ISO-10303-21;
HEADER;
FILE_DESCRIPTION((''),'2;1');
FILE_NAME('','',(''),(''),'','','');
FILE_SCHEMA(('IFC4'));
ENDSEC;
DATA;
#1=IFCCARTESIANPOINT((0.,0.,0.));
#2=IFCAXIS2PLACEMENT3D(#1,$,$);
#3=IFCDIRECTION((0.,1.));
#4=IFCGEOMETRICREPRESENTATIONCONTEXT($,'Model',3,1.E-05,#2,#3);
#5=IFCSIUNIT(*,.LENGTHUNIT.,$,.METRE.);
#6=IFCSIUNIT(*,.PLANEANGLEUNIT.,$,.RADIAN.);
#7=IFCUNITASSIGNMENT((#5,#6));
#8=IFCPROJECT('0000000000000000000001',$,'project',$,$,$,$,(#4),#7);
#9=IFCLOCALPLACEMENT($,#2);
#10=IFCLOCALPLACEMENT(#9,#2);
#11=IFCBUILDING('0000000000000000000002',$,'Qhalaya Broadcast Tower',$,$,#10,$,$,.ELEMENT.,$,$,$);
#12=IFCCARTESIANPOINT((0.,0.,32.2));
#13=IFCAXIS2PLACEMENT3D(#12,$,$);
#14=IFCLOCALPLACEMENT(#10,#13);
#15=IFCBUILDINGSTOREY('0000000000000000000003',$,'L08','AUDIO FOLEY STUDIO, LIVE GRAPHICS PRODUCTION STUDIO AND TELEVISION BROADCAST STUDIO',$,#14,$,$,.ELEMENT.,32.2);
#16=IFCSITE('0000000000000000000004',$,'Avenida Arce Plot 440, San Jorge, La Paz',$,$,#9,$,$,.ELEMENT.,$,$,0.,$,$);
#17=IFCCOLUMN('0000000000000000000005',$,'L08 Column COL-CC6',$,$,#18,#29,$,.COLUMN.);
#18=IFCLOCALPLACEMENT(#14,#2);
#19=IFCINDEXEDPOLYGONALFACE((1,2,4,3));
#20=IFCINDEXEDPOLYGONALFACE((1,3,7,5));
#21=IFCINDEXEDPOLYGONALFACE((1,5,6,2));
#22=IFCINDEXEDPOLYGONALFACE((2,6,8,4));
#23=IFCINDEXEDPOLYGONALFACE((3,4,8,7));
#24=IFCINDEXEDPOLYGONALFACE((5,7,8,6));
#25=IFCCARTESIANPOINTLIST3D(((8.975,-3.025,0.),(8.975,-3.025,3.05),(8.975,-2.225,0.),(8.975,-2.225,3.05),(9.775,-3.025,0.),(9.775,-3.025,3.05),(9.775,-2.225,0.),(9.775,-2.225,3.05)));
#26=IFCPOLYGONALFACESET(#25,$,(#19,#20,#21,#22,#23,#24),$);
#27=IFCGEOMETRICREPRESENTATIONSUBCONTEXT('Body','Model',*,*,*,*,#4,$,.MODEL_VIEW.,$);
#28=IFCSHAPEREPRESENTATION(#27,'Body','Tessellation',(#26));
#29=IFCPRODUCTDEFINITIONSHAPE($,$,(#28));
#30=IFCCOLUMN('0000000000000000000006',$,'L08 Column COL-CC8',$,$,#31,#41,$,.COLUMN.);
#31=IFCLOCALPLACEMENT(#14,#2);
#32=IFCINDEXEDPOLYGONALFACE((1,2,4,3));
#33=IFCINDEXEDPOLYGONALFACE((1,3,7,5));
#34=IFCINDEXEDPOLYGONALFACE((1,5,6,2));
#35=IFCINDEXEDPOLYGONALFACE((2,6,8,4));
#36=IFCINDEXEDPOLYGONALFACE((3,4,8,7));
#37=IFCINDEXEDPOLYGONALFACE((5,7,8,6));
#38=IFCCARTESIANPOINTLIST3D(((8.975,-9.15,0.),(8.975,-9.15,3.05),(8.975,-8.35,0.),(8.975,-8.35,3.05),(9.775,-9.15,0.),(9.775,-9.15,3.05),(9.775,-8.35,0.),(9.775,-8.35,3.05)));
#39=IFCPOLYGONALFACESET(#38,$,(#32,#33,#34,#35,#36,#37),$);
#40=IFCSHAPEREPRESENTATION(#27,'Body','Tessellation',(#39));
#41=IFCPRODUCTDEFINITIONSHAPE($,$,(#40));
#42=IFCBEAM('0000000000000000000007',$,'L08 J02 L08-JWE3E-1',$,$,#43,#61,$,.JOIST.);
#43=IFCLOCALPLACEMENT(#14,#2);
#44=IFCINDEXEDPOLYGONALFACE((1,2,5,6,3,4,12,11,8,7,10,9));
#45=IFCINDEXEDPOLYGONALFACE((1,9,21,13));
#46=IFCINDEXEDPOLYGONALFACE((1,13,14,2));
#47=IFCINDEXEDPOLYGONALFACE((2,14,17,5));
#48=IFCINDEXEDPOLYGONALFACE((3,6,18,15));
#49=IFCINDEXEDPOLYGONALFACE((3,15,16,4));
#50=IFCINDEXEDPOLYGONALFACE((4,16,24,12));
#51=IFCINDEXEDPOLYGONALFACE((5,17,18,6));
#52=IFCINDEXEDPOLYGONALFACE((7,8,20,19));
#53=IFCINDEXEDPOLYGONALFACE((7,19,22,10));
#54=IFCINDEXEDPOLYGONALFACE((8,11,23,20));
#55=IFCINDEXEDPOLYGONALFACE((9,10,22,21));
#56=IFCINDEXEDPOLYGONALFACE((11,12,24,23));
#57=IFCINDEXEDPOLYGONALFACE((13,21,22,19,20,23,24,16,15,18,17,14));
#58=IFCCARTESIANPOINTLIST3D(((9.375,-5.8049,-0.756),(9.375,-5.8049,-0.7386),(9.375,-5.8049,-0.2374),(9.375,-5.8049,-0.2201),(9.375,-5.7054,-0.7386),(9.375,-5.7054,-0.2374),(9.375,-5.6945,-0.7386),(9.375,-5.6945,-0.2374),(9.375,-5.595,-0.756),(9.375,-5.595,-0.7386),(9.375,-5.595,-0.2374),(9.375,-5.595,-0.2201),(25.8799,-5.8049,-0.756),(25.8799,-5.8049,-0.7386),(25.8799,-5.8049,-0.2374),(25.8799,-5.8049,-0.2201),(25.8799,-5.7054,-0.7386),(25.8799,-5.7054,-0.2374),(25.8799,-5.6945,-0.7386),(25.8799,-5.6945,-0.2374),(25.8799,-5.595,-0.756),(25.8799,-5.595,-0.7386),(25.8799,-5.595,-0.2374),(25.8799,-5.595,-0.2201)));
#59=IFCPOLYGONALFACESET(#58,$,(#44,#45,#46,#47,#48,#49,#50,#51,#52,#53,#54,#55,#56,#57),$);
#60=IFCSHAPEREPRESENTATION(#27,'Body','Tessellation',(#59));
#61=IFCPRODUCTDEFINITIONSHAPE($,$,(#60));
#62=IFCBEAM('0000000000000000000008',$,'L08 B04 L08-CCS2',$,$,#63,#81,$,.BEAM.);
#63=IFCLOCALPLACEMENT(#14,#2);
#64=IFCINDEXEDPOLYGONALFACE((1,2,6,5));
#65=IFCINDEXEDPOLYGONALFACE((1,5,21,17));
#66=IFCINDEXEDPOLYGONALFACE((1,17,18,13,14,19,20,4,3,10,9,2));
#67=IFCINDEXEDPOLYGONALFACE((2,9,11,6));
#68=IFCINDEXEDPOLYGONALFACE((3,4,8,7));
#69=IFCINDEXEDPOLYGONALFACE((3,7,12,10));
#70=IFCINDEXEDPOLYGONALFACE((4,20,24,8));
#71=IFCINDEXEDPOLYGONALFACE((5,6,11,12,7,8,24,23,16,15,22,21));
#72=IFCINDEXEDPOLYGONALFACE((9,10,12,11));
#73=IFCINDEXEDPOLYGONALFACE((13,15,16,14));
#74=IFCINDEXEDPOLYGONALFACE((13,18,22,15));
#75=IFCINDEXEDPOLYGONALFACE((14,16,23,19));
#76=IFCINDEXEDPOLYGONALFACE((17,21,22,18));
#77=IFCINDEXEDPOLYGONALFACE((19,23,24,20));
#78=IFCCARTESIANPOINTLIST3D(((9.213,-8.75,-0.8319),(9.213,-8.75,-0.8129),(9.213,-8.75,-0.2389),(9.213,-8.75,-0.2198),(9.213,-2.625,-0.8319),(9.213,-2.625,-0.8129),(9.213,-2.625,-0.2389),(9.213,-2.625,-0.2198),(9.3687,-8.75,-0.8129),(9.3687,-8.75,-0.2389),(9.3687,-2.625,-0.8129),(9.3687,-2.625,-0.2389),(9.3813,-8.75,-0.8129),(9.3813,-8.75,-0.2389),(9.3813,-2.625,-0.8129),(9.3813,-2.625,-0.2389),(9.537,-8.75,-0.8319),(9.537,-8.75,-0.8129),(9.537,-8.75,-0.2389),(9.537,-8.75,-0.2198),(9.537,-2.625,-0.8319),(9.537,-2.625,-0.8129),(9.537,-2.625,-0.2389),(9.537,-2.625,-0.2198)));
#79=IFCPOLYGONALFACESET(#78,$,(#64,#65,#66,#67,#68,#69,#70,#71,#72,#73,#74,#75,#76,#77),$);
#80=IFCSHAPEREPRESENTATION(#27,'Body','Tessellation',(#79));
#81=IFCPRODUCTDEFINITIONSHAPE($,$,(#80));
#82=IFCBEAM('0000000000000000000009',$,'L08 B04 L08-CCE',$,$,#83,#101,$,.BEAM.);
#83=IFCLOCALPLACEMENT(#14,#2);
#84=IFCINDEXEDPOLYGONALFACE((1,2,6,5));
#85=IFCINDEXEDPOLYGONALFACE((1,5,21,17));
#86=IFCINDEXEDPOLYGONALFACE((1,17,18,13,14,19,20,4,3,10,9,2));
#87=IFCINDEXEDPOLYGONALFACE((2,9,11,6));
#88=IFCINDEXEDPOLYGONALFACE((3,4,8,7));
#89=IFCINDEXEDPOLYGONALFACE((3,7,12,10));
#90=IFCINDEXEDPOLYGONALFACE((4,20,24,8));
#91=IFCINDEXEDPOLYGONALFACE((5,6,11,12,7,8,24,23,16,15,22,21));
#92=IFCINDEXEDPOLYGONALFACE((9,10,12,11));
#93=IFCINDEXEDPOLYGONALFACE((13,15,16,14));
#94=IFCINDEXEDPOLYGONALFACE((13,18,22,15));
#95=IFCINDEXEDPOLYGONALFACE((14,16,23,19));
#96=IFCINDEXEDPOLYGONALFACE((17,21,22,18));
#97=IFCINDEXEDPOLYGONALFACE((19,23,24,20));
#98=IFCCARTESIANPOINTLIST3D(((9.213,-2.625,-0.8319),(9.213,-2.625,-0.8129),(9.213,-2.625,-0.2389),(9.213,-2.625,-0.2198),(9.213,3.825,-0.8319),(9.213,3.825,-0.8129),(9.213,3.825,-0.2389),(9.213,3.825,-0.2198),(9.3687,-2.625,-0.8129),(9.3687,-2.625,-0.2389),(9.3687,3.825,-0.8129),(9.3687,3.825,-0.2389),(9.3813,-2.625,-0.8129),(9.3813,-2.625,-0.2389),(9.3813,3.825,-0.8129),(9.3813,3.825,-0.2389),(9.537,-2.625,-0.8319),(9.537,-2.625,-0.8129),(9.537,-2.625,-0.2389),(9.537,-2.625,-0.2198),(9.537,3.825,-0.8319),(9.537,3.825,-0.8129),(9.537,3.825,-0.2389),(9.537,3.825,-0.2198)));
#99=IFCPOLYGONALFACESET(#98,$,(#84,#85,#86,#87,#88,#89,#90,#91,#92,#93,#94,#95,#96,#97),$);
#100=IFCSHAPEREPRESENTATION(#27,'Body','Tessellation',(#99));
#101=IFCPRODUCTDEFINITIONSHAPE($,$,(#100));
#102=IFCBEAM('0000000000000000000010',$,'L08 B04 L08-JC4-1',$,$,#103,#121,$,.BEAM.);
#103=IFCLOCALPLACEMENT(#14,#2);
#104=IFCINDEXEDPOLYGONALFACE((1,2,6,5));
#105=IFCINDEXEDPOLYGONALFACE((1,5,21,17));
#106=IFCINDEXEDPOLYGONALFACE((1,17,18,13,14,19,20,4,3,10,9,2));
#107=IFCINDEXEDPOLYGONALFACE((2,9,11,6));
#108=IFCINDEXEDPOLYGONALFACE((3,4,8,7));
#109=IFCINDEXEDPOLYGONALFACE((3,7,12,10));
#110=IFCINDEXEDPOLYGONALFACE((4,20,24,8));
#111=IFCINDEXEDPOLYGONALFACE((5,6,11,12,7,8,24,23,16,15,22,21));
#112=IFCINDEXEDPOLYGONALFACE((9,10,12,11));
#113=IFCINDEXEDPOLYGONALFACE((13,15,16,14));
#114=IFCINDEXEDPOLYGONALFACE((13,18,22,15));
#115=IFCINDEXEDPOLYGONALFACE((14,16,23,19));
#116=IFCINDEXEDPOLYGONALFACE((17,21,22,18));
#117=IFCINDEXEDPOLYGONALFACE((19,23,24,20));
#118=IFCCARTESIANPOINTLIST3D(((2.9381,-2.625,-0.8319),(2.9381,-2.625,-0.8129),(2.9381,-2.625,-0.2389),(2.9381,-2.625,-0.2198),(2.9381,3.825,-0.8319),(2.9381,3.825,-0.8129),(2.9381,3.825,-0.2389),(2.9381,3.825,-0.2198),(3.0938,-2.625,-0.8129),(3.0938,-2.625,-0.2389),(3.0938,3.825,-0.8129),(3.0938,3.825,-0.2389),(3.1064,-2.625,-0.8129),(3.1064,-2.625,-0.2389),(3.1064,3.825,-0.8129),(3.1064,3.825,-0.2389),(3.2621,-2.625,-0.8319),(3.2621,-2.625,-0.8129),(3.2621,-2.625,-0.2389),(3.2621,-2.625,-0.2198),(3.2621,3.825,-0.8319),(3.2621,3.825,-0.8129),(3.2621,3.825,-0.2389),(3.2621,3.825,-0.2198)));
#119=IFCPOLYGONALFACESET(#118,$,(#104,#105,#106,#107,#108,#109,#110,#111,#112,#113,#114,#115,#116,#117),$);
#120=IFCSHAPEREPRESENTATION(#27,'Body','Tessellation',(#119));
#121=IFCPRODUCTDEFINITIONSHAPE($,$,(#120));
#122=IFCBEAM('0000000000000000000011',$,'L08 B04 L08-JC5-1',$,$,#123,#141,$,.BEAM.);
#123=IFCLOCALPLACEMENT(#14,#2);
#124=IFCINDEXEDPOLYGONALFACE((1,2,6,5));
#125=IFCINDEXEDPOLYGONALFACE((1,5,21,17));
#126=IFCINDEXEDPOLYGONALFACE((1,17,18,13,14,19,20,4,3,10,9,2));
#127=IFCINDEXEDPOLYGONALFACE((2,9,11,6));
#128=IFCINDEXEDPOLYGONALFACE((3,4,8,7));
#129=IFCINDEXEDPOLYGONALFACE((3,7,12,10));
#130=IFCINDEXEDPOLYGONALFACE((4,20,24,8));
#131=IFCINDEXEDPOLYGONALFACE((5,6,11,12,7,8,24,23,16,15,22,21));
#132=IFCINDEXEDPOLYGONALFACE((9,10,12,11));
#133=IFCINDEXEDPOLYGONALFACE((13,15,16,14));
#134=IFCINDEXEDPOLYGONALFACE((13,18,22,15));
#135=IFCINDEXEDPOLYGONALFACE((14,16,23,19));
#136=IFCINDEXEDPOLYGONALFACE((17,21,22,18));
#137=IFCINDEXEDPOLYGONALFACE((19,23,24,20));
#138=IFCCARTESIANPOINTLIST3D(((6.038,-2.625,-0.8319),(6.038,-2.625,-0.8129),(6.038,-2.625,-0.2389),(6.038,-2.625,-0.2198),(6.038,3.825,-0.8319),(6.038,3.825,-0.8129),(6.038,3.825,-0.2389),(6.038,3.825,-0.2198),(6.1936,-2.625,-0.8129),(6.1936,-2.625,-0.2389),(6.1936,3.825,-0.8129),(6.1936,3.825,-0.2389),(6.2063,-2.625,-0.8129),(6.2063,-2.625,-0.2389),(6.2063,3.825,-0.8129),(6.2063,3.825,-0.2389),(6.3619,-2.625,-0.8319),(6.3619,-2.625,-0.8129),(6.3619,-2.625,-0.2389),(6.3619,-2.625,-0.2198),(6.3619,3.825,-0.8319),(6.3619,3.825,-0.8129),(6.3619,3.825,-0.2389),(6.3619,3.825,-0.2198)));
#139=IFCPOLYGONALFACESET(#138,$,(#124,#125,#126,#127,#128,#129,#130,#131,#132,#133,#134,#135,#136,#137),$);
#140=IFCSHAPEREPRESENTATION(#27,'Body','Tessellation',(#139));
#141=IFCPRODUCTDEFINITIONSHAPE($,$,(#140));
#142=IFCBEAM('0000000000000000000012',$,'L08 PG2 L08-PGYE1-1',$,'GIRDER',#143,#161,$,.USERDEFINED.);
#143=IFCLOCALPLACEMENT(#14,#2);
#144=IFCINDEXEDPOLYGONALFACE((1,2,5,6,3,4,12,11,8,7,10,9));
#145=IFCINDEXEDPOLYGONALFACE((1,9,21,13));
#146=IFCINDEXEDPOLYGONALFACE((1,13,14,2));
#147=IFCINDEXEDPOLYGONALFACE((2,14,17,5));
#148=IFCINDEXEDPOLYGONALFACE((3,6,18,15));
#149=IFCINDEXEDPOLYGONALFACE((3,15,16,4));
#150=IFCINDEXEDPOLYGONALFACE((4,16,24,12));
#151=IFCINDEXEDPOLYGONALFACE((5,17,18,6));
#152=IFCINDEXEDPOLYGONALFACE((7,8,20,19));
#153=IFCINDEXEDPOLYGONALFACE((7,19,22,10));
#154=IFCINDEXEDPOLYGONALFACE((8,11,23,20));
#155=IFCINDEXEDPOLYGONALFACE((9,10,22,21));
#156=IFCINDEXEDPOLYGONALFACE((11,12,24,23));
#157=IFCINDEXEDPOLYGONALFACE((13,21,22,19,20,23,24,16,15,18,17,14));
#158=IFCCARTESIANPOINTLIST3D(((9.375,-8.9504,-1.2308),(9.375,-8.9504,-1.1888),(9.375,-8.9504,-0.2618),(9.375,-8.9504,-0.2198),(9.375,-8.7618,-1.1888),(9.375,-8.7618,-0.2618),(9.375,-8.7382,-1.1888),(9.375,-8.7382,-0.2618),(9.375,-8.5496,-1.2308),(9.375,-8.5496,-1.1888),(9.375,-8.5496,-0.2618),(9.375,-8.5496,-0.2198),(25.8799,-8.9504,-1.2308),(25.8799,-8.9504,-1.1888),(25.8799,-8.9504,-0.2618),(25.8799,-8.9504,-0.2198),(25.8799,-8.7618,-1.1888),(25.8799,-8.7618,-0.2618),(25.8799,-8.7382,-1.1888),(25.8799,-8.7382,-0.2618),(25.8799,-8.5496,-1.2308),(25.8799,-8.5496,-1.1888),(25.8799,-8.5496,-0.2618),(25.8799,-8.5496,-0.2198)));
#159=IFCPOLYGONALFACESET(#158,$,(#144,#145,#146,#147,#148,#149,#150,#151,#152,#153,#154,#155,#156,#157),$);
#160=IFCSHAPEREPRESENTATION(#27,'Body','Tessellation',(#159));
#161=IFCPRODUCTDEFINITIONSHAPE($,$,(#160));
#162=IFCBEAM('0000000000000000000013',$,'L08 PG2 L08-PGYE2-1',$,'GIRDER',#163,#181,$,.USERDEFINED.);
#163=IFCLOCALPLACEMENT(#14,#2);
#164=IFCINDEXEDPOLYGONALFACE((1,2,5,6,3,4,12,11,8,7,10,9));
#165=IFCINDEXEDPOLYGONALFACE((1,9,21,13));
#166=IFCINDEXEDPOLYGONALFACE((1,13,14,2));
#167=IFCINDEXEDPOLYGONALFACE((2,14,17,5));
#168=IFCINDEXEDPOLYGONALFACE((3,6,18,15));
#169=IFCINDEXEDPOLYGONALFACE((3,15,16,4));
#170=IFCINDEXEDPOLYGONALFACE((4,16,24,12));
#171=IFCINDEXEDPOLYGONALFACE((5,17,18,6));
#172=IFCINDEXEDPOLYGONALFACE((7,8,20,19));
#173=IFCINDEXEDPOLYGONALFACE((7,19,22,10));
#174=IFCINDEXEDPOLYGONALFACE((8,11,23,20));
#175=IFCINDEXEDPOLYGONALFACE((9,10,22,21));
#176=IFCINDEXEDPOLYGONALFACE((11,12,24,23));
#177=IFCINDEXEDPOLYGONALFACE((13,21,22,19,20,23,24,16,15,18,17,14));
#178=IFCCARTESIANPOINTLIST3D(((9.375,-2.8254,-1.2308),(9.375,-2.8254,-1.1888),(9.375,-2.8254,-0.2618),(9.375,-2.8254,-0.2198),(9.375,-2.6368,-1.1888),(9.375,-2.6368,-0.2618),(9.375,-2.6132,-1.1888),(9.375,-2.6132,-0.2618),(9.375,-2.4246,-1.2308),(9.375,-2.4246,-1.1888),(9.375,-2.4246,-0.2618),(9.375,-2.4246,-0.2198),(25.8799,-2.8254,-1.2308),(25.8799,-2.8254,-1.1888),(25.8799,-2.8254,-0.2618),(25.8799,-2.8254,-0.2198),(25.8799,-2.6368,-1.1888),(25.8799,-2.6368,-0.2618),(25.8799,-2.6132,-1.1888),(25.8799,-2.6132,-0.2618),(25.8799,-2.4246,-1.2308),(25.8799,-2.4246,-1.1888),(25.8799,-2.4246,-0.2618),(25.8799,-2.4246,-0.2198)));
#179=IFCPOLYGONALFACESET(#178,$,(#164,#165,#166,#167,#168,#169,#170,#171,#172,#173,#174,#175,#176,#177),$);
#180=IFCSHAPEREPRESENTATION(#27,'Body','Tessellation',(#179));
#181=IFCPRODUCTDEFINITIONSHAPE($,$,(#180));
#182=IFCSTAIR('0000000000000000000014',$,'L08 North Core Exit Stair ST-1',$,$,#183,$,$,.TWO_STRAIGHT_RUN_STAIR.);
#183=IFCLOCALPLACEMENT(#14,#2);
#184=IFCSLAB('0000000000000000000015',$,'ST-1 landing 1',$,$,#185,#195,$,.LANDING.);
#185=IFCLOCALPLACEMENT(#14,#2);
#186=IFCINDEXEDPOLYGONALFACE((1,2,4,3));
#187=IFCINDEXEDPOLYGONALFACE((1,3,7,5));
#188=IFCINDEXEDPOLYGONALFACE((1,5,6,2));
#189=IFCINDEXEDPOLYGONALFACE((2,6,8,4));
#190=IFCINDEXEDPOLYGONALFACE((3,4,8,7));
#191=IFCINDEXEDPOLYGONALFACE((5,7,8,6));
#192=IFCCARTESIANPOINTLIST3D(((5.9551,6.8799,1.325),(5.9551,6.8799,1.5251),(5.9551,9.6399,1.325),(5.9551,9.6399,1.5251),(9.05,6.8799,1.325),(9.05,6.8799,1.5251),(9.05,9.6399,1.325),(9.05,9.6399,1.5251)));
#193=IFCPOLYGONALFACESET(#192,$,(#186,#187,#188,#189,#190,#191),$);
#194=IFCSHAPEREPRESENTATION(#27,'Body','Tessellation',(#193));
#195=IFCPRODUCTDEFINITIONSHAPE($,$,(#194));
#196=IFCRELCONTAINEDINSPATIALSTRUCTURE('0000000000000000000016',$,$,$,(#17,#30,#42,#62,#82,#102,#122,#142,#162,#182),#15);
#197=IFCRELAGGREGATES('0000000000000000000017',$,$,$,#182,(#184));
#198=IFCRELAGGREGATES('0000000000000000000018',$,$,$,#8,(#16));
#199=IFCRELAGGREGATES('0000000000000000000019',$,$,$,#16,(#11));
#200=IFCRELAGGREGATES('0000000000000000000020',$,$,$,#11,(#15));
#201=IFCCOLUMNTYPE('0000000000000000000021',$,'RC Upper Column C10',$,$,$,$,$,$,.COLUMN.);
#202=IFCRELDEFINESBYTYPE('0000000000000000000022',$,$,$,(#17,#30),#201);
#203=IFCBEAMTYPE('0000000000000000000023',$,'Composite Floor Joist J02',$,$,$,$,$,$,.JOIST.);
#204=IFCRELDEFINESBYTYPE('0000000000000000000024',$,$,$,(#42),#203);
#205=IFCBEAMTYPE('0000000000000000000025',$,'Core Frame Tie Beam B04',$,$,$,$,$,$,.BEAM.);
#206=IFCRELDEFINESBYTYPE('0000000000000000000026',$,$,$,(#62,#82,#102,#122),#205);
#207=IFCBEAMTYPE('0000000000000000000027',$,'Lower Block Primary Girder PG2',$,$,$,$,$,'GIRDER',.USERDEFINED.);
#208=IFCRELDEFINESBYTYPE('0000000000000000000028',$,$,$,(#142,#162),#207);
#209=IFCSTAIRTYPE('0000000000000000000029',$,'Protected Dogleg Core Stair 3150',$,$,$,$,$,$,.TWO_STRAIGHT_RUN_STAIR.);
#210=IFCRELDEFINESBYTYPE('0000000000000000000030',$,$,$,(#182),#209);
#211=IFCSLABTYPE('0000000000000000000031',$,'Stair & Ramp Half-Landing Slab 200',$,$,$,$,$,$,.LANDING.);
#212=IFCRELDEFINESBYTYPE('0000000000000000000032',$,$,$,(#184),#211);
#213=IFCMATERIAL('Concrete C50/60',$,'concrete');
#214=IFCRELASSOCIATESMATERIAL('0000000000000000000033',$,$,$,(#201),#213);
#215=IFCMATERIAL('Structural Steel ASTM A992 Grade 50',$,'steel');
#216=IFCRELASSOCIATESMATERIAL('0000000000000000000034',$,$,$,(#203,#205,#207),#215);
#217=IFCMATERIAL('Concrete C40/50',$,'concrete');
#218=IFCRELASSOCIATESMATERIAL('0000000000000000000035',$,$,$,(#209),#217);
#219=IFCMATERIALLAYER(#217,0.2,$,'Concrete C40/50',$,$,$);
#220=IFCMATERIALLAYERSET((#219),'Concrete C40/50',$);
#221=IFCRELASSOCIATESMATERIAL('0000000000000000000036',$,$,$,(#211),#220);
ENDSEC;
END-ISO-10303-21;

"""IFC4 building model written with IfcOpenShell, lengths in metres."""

from ifc_helpers import new_model, si_unit, direction, frame, origin, origin_2d, place, context, subcontext, project, spatial, polyline, rectangle, i_section, outline, extrude, material, layer, layer_set, material_profile, profile_set, type_object, element, aggregate, save


model = new_model("IFC4")

# Units and contexts
model_context = context("Model", 3, precision=1e-05, world=origin(), true_north=direction((0.0, 1.0)))
body_context = subcontext(model_context, "Body", "Model", "MODEL_VIEW")
ifc_project = project(units=[si_unit("LENGTHUNIT", "METRE"), si_unit("PLANEANGLEUNIT", "RADIAN")], contexts=[model_context])

# Site, building, storey
site_placement = place(None, origin())
site = spatial("IfcSite", under=ifc_project, at=site_placement, Name="Avenida Arce Plot 440, San Jorge, La Paz", CompositionType="ELEMENT", RefElevation=0.0)
building_placement = place(site_placement, origin())
building = spatial("IfcBuilding", under=site, at=building_placement, Name="Qhalaya Broadcast Tower", CompositionType="ELEMENT")
storey_placement = place(building_placement, frame((0.0, 0.0, 32.2)))
storey = spatial("IfcBuildingStorey", under=building, at=storey_placement, Name="L08", Description="AUDIO FOLEY STUDIO, LIVE GRAPHICS PRODUCTION STUDIO AND TELEVISION BROADCAST STUDIO", CompositionType="ELEMENT", Elevation=32.2)

# Columns
ifc_material_1 = material(Name="Concrete C50/60", Category="concrete")
ifc_material_profile_1 = material_profile(ifc_material_1, rectangle(XDim=0.8, YDim=0.8, at=origin_2d()), Name="RC-COL 800x800")
ifc_profile_set_1 = profile_set([ifc_material_profile_1], Name="Concrete C50/60")
column_type = type_object("IfcColumnType", Name="RC Upper Column C10", PredefinedType="COLUMN", material=ifc_profile_set_1)
for number, where, z_axis, x_axis, name in (
    (1, (9.375, -2.625, 0.0), (0.0, 0.0, 1.0), (1.0, 0.0, 0.0), "L08 Column COL-CC6"),
    (2, (9.375, -8.75, 0.0), (0.0, 0.0, 1.0), (1.0, 0.0, 0.0), "L08 Column COL-CC8"),
):
    element("IfcColumn", number, at=place(storey_placement, frame(where, z_axis=z_axis, x_axis=x_axis)), inside=storey, type_object=column_type, Name=name, PredefinedType="COLUMN", context=body_context, shape_type="SweptSolid", body=[
        extrude(rectangle(XDim=0.8, YDim=0.8, at=origin_2d()), origin(), (0.0, 0.0, 1.0), 3.05),
    ])

# Beams
ifc_material_2 = material(Name="Structural Steel ASTM A992 Grade 50", Category="steel")
ifc_material_profile_2 = material_profile(ifc_material_2, i_section(OverallWidth=0.21, OverallDepth=0.5359, WebThickness=0.011, FlangeThickness=0.0173, at=origin_2d()), Name="W21X68")
ifc_profile_set_2 = profile_set([ifc_material_profile_2], Name="Structural Steel ASTM A992 Grade 50")
beam_type_1 = type_object("IfcBeamType", Name="Composite Floor Joist J02", PredefinedType="JOIST", material=ifc_profile_set_2)
beam_1_placement = place(storey_placement, frame((9.375, -5.7, -0.488), z_axis=(1.0, 0.0, 0.0), x_axis=(0.0, 1.0, 0.0)))
element("IfcBeam", 3, at=beam_1_placement, inside=storey, type_object=beam_type_1, Name="L08 J02 L08-JWE3E-1", PredefinedType="JOIST", context=body_context, shape_type="SweptSolid", body=[
    extrude(i_section(OverallWidth=0.21, OverallDepth=0.5359, WebThickness=0.011, FlangeThickness=0.0173, at=origin_2d()), origin(), (0.0, 0.0, 1.0), 16.5049),
])
ifc_material_profile_3 = material_profile(ifc_material_2, i_section(OverallWidth=0.324, OverallDepth=0.6121, WebThickness=0.0127, FlangeThickness=0.019, at=origin_2d()), Name="W24X104")
ifc_profile_set_3 = profile_set([ifc_material_profile_3], Name="Structural Steel ASTM A992 Grade 50")
beam_type_2 = type_object("IfcBeamType", Name="Core Frame Tie Beam B04", PredefinedType="BEAM", material=ifc_profile_set_3)
beam_2_placement = place(storey_placement, frame((9.375, -8.75, -0.5259), z_axis=(0.0, 1.0, 0.0), x_axis=(-1.0, 0.0, 0.0)))
element("IfcBeam", 4, at=beam_2_placement, inside=storey, type_object=beam_type_2, Name="L08 B04 L08-CCS2", PredefinedType="BEAM", context=body_context, shape_type="SweptSolid", body=[
    extrude(i_section(OverallWidth=0.324, OverallDepth=0.6121, WebThickness=0.0127, FlangeThickness=0.019, at=origin_2d()), origin(), (0.0, 0.0, 1.0), 6.125),
])
for number, where, z_axis, x_axis, name in (
    (5, (9.375, -2.625, -0.5259), (0.0, 1.0, 0.0), (-1.0, 0.0, 0.0), "L08 B04 L08-CCE"),
    (6, (3.1001, -2.625, -0.5259), (0.0, 1.0, 0.0), (-1.0, 0.0, 0.0), "L08 B04 L08-JC4-1"),
    (7, (6.2, -2.625, -0.5259), (0.0, 1.0, 0.0), (-1.0, 0.0, 0.0), "L08 B04 L08-JC5-1"),
):
    element("IfcBeam", number, at=place(storey_placement, frame(where, z_axis=z_axis, x_axis=x_axis)), inside=storey, type_object=beam_type_2, Name=name, PredefinedType="BEAM", context=body_context, shape_type="SweptSolid", body=[
        extrude(i_section(OverallWidth=0.324, OverallDepth=0.6121, WebThickness=0.0127, FlangeThickness=0.019, at=origin_2d()), origin(), (0.0, 0.0, 1.0), 6.45),
    ])
ifc_material_profile_4 = material_profile(ifc_material_2, i_section(OverallWidth=0.4009, OverallDepth=1.011, WebThickness=0.0237, FlangeThickness=0.042, at=origin_2d()), Name="W40X297")
ifc_profile_set_4 = profile_set([ifc_material_profile_4], Name="Structural Steel ASTM A992 Grade 50")
beam_type_3 = type_object("IfcBeamType", Name="Lower Block Primary Girder PG2", ElementType="GIRDER", PredefinedType="USERDEFINED", material=ifc_profile_set_4)
for number, where, z_axis, x_axis, name in (
    (8, (9.375, -8.75, -0.7253), (1.0, 0.0, 0.0), (0.0, 1.0, 0.0), "L08 PG2 L08-PGYE1-1"),
    (9, (9.375, -2.625, -0.7253), (1.0, 0.0, 0.0), (0.0, 1.0, 0.0), "L08 PG2 L08-PGYE2-1"),
):
    element("IfcBeam", number, at=place(storey_placement, frame(where, z_axis=z_axis, x_axis=x_axis)), inside=storey, type_object=beam_type_3, Name=name, ObjectType="GIRDER", PredefinedType="USERDEFINED", context=body_context, shape_type="SweptSolid", body=[
        extrude(i_section(OverallWidth=0.4009, OverallDepth=1.011, WebThickness=0.0237, FlangeThickness=0.042, at=origin_2d()), origin(), (0.0, 0.0, 1.0), 16.5049),
    ])

# Stair, slab
ifc_material_3 = material(Name="Concrete C40/50", Category="concrete")
stair_type = type_object("IfcStairType", Name="Protected Dogleg Core Stair 3150", PredefinedType="TWO_STRAIGHT_RUN_STAIR", material=ifc_material_3)
stair_1_placement = place(storey_placement, origin())
stair_1 = element("IfcStair", 10, at=stair_1_placement, inside=storey, type_object=stair_type, Name="L08 North Core Exit Stair ST-1", PredefinedType="TWO_STRAIGHT_RUN_STAIR")
ifc_layer_1 = layer(ifc_material_3, 0.2, Name="Concrete C40/50")
ifc_layer_set_1 = layer_set([ifc_layer_1], Name="Concrete C40/50")
slab_type_1 = type_object("IfcSlabType", Name="Stair & Ramp Half-Landing Slab 200", PredefinedType="LANDING", material=ifc_layer_set_1)
slab_1_placement = place(storey_placement, frame((0.0, 0.0, 1.325)))
slab_1 = element("IfcSlab", 11, at=slab_1_placement, type_object=slab_type_1, Name="ST-1 landing 1", PredefinedType="LANDING", context=body_context, shape_type="SweptSolid", body=[
    extrude(outline(polyline([(5.9551, 6.8799), (9.05, 6.8799), (9.05, 9.6399), (5.9551, 9.6399), (5.9551, 6.8799)])), origin(), (0.0, 0.0, 1.0), 0.2002),
])
aggregate(stair_1, [slab_1])

save(model, "model.ifc")
